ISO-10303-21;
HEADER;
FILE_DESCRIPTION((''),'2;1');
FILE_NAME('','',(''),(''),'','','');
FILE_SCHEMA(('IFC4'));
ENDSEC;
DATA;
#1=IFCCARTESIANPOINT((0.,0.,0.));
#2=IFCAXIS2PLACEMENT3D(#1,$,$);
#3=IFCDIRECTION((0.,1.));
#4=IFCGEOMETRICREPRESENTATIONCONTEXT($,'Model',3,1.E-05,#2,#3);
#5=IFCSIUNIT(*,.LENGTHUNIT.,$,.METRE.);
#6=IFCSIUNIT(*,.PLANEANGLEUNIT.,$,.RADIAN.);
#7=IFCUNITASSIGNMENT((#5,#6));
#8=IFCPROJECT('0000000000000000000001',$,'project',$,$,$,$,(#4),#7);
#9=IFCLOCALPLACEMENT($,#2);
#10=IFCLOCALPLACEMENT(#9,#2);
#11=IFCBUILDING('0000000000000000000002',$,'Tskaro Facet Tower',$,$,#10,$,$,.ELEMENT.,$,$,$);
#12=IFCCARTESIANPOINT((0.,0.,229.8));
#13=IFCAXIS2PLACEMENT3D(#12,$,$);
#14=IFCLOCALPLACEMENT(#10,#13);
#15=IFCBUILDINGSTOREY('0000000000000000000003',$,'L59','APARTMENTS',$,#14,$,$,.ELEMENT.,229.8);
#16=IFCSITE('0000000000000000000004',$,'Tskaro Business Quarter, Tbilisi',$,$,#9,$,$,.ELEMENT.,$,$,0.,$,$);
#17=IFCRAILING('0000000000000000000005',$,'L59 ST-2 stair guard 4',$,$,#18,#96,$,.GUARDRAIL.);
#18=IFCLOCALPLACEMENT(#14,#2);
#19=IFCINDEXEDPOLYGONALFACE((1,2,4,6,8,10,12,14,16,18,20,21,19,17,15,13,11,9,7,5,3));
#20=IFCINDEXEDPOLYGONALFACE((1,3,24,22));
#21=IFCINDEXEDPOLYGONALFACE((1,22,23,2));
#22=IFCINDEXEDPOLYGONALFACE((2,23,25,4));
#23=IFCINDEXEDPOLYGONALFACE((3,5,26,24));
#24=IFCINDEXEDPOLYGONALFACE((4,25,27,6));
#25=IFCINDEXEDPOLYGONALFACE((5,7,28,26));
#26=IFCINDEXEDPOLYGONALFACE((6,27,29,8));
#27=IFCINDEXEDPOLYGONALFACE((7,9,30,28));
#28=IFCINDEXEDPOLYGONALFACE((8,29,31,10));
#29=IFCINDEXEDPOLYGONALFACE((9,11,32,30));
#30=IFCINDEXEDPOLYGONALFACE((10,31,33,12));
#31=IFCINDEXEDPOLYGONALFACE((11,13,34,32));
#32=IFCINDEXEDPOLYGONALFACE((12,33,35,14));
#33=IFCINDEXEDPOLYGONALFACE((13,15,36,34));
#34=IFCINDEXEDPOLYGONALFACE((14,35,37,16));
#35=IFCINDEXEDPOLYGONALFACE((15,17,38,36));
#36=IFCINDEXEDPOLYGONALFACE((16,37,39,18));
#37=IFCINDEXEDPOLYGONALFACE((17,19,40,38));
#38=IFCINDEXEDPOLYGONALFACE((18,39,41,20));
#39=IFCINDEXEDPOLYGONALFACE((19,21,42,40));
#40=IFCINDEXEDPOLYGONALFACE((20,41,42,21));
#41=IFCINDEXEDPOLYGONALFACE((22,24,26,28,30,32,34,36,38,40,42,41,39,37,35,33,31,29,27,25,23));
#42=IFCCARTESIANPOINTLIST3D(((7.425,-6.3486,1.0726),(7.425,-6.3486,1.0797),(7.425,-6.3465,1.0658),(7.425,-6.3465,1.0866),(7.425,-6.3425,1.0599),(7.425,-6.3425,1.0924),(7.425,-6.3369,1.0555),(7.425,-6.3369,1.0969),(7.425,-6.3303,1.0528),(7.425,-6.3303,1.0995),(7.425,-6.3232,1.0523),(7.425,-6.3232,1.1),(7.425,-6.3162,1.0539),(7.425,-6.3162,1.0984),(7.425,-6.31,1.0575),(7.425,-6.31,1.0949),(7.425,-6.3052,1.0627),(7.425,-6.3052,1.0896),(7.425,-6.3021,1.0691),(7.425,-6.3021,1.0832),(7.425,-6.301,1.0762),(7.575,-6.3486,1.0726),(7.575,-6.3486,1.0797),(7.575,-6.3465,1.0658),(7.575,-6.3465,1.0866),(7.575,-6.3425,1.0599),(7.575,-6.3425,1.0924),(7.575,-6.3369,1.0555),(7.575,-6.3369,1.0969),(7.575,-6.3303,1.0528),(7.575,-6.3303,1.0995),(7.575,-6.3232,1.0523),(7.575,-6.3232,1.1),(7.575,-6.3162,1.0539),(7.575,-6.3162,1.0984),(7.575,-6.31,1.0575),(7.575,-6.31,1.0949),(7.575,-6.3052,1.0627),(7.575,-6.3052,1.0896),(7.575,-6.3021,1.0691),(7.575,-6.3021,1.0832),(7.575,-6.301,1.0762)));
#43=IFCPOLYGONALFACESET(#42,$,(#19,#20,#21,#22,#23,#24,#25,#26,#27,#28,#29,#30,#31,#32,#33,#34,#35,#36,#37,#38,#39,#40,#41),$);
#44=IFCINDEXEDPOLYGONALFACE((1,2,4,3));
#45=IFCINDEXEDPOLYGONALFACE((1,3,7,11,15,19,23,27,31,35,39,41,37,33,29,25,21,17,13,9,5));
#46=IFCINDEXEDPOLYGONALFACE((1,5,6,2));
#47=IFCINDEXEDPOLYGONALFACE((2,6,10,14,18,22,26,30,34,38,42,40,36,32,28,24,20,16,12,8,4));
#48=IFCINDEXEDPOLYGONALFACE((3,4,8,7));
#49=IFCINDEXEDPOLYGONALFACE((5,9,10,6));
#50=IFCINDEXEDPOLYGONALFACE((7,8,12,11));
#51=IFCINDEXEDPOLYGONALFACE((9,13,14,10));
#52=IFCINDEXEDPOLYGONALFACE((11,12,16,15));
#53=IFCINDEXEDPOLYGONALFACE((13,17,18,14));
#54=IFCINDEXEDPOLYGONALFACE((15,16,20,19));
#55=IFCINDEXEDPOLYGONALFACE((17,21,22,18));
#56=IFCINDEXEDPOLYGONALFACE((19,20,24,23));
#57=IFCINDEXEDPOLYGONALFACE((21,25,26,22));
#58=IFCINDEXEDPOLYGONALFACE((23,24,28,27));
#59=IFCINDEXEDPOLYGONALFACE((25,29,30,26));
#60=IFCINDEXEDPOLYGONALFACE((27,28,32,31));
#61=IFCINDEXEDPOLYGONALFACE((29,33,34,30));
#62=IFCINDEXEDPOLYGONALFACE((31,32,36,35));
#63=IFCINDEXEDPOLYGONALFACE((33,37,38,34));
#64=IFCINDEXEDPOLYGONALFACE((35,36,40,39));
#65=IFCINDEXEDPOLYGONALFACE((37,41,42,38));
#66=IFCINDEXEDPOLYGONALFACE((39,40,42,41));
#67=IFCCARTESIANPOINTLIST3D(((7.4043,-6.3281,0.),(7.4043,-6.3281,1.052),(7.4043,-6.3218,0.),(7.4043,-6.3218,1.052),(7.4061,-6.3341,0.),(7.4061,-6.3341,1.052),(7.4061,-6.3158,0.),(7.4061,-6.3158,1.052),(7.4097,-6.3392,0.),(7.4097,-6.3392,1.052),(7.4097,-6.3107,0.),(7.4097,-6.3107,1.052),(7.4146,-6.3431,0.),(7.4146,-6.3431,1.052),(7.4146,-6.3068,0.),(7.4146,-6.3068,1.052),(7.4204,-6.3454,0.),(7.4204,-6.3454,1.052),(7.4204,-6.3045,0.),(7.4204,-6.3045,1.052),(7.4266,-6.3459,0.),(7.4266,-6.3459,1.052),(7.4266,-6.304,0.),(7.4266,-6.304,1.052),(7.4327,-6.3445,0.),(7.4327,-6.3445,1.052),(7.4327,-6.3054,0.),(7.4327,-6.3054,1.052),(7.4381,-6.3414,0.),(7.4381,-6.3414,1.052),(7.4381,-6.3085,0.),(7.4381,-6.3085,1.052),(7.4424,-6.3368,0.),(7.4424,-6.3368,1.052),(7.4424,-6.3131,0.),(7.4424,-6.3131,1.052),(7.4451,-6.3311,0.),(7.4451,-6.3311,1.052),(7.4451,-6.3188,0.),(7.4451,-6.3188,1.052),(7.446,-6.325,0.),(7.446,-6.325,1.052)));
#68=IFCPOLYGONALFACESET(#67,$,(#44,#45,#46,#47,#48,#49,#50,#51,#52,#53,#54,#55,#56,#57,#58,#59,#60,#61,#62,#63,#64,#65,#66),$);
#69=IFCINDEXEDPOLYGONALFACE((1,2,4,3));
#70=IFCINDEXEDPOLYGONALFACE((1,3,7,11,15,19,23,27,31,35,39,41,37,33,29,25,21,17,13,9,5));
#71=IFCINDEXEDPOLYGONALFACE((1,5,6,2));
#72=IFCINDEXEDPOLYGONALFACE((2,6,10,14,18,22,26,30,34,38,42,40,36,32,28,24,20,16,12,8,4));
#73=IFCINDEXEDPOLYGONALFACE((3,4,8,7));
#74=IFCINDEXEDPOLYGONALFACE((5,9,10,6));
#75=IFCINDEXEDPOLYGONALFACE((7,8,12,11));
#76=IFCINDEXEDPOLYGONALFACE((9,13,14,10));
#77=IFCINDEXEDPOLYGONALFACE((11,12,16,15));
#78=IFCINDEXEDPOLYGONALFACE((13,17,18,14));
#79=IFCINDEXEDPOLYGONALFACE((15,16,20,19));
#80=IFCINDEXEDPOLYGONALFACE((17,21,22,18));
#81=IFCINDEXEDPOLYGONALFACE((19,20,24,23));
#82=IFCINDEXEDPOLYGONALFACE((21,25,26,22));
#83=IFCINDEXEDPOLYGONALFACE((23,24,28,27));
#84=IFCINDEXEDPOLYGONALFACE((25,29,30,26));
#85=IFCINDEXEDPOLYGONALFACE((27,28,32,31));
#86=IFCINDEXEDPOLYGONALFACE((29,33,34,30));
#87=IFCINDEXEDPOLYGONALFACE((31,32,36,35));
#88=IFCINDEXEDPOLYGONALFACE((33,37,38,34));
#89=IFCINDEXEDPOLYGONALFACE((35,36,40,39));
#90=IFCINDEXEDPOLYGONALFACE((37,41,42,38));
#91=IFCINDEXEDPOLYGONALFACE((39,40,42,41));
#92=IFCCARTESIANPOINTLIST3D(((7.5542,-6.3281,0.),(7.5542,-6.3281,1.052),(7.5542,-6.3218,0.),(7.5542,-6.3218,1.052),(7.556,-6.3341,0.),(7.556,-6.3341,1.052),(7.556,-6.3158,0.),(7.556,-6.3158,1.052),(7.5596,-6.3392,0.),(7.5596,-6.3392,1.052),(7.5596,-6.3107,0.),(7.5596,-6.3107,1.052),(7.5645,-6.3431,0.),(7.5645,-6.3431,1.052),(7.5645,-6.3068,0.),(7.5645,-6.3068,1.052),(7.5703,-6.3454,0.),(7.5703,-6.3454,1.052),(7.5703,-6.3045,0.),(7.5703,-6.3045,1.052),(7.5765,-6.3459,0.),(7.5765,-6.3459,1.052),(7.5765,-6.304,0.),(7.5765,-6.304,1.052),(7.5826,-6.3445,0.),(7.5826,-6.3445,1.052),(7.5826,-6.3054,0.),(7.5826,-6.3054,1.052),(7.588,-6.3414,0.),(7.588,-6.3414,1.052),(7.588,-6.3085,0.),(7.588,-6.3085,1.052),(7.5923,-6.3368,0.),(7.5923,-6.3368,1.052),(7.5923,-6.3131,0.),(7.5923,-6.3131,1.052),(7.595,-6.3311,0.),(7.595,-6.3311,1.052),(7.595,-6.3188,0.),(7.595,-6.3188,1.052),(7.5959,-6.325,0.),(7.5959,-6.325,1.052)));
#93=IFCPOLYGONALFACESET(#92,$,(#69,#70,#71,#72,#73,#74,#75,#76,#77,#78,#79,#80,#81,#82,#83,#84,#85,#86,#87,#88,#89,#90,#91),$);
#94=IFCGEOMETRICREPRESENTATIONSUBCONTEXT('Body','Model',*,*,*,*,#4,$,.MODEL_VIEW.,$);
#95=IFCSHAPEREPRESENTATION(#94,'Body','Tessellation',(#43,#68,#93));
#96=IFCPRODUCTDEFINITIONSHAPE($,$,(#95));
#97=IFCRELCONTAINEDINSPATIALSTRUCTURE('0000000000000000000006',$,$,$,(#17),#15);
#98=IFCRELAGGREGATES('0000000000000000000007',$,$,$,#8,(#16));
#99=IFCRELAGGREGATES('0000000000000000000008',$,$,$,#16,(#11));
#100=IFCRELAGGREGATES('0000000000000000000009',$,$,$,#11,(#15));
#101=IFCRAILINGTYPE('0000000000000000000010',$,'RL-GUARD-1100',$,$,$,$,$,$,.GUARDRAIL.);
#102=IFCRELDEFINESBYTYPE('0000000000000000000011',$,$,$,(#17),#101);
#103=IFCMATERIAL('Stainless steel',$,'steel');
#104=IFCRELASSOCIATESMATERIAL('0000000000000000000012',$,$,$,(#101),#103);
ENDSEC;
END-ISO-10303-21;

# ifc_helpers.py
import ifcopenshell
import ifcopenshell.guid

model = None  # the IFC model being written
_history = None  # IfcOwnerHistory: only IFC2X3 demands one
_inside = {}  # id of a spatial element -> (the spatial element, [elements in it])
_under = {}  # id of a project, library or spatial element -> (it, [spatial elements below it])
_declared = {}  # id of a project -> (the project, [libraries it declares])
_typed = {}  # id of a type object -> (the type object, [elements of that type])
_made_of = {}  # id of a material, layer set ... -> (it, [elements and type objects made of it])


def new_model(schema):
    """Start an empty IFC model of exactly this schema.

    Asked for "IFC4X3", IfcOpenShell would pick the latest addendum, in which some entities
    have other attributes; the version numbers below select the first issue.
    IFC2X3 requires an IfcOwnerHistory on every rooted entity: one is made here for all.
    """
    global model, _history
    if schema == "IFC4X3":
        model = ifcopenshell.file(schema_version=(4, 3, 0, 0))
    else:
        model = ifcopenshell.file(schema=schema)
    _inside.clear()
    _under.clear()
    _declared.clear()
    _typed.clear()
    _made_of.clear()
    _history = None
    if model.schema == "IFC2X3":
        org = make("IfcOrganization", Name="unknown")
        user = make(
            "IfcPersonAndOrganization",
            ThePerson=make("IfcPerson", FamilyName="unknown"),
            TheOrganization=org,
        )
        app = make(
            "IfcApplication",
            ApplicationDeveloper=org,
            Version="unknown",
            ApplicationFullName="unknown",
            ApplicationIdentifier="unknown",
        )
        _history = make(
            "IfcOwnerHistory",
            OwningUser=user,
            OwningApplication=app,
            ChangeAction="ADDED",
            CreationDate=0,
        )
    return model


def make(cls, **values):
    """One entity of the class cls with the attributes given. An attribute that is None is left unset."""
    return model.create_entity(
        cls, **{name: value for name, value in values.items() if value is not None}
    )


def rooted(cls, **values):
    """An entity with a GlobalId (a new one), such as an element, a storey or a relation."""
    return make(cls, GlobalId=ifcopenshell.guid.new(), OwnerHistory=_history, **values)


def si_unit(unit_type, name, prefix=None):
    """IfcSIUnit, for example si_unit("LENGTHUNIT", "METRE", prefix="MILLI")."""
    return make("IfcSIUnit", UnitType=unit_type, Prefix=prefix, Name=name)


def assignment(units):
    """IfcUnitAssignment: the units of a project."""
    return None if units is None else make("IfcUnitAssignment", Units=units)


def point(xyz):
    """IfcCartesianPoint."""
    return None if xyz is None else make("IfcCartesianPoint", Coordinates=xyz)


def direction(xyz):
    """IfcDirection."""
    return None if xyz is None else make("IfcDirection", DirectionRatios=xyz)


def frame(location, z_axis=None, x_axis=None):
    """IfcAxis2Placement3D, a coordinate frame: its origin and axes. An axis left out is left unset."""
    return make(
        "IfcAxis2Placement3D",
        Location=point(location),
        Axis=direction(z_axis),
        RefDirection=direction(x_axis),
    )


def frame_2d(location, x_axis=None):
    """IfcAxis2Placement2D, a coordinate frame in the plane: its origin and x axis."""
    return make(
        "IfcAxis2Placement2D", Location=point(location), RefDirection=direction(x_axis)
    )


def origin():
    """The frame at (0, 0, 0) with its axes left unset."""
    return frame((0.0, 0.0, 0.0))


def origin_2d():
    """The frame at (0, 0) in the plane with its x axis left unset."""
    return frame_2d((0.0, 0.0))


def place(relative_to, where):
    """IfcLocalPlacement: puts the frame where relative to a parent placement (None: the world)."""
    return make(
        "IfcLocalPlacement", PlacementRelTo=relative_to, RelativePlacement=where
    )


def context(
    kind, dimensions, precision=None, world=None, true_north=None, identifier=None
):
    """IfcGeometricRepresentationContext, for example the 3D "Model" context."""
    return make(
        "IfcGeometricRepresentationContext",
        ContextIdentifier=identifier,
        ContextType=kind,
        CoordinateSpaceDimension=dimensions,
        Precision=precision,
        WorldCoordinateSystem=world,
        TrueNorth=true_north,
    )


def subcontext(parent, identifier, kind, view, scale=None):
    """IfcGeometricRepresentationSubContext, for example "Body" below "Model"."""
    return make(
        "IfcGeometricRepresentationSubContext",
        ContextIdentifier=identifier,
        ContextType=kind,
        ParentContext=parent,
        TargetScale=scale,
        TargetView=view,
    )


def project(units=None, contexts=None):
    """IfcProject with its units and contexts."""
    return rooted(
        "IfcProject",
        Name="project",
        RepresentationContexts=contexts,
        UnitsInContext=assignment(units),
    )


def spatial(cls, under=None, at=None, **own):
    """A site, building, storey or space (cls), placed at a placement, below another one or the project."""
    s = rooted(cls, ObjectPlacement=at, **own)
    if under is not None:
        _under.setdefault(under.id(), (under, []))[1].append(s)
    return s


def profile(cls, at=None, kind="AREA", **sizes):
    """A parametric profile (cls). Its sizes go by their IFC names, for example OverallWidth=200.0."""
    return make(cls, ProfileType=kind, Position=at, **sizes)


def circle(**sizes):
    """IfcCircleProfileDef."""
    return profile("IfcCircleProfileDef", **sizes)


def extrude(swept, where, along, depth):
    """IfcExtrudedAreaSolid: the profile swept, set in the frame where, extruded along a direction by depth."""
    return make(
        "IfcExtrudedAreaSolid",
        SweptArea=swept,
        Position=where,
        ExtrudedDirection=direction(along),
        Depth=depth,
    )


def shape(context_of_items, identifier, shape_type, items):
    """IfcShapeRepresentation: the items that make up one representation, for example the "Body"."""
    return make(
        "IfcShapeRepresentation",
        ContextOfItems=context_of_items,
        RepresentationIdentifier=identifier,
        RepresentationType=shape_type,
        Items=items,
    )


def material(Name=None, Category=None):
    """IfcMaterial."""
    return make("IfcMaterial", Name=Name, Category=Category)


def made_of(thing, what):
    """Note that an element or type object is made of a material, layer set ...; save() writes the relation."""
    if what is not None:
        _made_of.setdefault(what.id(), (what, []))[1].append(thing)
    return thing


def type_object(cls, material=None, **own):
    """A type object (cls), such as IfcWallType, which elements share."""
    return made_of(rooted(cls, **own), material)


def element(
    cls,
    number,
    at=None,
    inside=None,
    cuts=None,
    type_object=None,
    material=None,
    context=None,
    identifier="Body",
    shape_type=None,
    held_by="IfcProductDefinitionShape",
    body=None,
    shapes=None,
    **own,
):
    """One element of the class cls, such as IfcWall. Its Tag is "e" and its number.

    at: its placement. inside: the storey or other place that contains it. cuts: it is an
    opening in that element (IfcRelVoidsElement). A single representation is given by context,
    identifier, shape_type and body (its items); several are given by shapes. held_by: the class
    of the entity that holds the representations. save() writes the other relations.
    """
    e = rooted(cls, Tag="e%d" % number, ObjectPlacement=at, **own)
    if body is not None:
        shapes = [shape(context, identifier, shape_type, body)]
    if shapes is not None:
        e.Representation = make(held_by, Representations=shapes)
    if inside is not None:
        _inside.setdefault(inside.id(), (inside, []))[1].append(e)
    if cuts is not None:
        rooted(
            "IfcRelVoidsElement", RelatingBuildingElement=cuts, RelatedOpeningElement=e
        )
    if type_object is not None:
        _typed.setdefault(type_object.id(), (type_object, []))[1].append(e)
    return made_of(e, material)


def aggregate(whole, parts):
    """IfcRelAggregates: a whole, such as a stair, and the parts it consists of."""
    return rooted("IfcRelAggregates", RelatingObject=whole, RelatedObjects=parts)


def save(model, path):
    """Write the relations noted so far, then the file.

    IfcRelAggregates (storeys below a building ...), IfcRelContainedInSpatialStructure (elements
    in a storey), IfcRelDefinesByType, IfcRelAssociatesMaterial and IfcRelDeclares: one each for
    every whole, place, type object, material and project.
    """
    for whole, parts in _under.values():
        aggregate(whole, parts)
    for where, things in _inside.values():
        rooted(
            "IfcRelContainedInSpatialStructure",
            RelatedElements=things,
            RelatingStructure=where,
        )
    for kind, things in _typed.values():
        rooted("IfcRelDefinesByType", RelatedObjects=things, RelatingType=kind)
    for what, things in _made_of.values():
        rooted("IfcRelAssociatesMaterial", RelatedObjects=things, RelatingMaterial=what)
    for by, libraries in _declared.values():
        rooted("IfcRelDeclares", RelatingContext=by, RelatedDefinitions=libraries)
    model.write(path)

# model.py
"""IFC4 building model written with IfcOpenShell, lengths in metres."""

from ifc_helpers import new_model, si_unit, direction, frame, origin, origin_2d, place, context, subcontext, project, spatial, circle, extrude, material, type_object, element, save


model = new_model("IFC4")

# Units and contexts
model_context = context("Model", 3, precision=1e-05, world=origin(), true_north=direction((0.0, 1.0)))
body_context = subcontext(model_context, "Body", "Model", "MODEL_VIEW")
ifc_project = project(units=[si_unit("LENGTHUNIT", "METRE"), si_unit("PLANEANGLEUNIT", "RADIAN")], contexts=[model_context])

# Site, building, storey
site_placement = place(None, origin())
site = spatial("IfcSite", under=ifc_project, at=site_placement, Name="Tskaro Business Quarter, Tbilisi", CompositionType="ELEMENT", RefElevation=0.0)
building_placement = place(site_placement, origin())
building = spatial("IfcBuilding", under=site, at=building_placement, Name="Tskaro Facet Tower", CompositionType="ELEMENT")
storey_placement = place(building_placement, frame((0.0, 0.0, 229.8)))
storey = spatial("IfcBuildingStorey", under=building, at=storey_placement, Name="L59", Description="APARTMENTS", CompositionType="ELEMENT", Elevation=229.8)

# Railing
ifc_material_1 = material(Name="Stainless steel", Category="steel")
railing_type_1 = type_object("IfcRailingType", Name="RL-GUARD-1100", PredefinedType="GUARDRAIL", material=ifc_material_1)
railing_1_placement = place(storey_placement, frame((7.425, -6.325, 0.0)))
element("IfcRailing", 1, at=railing_1_placement, inside=storey, type_object=railing_type_1, Name="L59 ST-2 stair guard 4", PredefinedType="GUARDRAIL", context=body_context, shape_type="SweptSolid", body=[
    extrude(circle(Radius=0.0239, at=origin_2d()), frame((0.0, 0.0, 1.0762), z_axis=(1.0, 0.0, 0.0), x_axis=(0.0, 1.0, 0.0)), (0.0, 0.0, 1.0), 0.1499),
    extrude(circle(Radius=0.021, at=origin_2d()), origin(), (0.0, 0.0, 1.0), 1.052),
    extrude(circle(Radius=0.021, at=origin_2d()), frame((0.1499, 0.0, 0.0)), (0.0, 0.0, 1.0), 1.052),
])

save(model, "model.ifc")
